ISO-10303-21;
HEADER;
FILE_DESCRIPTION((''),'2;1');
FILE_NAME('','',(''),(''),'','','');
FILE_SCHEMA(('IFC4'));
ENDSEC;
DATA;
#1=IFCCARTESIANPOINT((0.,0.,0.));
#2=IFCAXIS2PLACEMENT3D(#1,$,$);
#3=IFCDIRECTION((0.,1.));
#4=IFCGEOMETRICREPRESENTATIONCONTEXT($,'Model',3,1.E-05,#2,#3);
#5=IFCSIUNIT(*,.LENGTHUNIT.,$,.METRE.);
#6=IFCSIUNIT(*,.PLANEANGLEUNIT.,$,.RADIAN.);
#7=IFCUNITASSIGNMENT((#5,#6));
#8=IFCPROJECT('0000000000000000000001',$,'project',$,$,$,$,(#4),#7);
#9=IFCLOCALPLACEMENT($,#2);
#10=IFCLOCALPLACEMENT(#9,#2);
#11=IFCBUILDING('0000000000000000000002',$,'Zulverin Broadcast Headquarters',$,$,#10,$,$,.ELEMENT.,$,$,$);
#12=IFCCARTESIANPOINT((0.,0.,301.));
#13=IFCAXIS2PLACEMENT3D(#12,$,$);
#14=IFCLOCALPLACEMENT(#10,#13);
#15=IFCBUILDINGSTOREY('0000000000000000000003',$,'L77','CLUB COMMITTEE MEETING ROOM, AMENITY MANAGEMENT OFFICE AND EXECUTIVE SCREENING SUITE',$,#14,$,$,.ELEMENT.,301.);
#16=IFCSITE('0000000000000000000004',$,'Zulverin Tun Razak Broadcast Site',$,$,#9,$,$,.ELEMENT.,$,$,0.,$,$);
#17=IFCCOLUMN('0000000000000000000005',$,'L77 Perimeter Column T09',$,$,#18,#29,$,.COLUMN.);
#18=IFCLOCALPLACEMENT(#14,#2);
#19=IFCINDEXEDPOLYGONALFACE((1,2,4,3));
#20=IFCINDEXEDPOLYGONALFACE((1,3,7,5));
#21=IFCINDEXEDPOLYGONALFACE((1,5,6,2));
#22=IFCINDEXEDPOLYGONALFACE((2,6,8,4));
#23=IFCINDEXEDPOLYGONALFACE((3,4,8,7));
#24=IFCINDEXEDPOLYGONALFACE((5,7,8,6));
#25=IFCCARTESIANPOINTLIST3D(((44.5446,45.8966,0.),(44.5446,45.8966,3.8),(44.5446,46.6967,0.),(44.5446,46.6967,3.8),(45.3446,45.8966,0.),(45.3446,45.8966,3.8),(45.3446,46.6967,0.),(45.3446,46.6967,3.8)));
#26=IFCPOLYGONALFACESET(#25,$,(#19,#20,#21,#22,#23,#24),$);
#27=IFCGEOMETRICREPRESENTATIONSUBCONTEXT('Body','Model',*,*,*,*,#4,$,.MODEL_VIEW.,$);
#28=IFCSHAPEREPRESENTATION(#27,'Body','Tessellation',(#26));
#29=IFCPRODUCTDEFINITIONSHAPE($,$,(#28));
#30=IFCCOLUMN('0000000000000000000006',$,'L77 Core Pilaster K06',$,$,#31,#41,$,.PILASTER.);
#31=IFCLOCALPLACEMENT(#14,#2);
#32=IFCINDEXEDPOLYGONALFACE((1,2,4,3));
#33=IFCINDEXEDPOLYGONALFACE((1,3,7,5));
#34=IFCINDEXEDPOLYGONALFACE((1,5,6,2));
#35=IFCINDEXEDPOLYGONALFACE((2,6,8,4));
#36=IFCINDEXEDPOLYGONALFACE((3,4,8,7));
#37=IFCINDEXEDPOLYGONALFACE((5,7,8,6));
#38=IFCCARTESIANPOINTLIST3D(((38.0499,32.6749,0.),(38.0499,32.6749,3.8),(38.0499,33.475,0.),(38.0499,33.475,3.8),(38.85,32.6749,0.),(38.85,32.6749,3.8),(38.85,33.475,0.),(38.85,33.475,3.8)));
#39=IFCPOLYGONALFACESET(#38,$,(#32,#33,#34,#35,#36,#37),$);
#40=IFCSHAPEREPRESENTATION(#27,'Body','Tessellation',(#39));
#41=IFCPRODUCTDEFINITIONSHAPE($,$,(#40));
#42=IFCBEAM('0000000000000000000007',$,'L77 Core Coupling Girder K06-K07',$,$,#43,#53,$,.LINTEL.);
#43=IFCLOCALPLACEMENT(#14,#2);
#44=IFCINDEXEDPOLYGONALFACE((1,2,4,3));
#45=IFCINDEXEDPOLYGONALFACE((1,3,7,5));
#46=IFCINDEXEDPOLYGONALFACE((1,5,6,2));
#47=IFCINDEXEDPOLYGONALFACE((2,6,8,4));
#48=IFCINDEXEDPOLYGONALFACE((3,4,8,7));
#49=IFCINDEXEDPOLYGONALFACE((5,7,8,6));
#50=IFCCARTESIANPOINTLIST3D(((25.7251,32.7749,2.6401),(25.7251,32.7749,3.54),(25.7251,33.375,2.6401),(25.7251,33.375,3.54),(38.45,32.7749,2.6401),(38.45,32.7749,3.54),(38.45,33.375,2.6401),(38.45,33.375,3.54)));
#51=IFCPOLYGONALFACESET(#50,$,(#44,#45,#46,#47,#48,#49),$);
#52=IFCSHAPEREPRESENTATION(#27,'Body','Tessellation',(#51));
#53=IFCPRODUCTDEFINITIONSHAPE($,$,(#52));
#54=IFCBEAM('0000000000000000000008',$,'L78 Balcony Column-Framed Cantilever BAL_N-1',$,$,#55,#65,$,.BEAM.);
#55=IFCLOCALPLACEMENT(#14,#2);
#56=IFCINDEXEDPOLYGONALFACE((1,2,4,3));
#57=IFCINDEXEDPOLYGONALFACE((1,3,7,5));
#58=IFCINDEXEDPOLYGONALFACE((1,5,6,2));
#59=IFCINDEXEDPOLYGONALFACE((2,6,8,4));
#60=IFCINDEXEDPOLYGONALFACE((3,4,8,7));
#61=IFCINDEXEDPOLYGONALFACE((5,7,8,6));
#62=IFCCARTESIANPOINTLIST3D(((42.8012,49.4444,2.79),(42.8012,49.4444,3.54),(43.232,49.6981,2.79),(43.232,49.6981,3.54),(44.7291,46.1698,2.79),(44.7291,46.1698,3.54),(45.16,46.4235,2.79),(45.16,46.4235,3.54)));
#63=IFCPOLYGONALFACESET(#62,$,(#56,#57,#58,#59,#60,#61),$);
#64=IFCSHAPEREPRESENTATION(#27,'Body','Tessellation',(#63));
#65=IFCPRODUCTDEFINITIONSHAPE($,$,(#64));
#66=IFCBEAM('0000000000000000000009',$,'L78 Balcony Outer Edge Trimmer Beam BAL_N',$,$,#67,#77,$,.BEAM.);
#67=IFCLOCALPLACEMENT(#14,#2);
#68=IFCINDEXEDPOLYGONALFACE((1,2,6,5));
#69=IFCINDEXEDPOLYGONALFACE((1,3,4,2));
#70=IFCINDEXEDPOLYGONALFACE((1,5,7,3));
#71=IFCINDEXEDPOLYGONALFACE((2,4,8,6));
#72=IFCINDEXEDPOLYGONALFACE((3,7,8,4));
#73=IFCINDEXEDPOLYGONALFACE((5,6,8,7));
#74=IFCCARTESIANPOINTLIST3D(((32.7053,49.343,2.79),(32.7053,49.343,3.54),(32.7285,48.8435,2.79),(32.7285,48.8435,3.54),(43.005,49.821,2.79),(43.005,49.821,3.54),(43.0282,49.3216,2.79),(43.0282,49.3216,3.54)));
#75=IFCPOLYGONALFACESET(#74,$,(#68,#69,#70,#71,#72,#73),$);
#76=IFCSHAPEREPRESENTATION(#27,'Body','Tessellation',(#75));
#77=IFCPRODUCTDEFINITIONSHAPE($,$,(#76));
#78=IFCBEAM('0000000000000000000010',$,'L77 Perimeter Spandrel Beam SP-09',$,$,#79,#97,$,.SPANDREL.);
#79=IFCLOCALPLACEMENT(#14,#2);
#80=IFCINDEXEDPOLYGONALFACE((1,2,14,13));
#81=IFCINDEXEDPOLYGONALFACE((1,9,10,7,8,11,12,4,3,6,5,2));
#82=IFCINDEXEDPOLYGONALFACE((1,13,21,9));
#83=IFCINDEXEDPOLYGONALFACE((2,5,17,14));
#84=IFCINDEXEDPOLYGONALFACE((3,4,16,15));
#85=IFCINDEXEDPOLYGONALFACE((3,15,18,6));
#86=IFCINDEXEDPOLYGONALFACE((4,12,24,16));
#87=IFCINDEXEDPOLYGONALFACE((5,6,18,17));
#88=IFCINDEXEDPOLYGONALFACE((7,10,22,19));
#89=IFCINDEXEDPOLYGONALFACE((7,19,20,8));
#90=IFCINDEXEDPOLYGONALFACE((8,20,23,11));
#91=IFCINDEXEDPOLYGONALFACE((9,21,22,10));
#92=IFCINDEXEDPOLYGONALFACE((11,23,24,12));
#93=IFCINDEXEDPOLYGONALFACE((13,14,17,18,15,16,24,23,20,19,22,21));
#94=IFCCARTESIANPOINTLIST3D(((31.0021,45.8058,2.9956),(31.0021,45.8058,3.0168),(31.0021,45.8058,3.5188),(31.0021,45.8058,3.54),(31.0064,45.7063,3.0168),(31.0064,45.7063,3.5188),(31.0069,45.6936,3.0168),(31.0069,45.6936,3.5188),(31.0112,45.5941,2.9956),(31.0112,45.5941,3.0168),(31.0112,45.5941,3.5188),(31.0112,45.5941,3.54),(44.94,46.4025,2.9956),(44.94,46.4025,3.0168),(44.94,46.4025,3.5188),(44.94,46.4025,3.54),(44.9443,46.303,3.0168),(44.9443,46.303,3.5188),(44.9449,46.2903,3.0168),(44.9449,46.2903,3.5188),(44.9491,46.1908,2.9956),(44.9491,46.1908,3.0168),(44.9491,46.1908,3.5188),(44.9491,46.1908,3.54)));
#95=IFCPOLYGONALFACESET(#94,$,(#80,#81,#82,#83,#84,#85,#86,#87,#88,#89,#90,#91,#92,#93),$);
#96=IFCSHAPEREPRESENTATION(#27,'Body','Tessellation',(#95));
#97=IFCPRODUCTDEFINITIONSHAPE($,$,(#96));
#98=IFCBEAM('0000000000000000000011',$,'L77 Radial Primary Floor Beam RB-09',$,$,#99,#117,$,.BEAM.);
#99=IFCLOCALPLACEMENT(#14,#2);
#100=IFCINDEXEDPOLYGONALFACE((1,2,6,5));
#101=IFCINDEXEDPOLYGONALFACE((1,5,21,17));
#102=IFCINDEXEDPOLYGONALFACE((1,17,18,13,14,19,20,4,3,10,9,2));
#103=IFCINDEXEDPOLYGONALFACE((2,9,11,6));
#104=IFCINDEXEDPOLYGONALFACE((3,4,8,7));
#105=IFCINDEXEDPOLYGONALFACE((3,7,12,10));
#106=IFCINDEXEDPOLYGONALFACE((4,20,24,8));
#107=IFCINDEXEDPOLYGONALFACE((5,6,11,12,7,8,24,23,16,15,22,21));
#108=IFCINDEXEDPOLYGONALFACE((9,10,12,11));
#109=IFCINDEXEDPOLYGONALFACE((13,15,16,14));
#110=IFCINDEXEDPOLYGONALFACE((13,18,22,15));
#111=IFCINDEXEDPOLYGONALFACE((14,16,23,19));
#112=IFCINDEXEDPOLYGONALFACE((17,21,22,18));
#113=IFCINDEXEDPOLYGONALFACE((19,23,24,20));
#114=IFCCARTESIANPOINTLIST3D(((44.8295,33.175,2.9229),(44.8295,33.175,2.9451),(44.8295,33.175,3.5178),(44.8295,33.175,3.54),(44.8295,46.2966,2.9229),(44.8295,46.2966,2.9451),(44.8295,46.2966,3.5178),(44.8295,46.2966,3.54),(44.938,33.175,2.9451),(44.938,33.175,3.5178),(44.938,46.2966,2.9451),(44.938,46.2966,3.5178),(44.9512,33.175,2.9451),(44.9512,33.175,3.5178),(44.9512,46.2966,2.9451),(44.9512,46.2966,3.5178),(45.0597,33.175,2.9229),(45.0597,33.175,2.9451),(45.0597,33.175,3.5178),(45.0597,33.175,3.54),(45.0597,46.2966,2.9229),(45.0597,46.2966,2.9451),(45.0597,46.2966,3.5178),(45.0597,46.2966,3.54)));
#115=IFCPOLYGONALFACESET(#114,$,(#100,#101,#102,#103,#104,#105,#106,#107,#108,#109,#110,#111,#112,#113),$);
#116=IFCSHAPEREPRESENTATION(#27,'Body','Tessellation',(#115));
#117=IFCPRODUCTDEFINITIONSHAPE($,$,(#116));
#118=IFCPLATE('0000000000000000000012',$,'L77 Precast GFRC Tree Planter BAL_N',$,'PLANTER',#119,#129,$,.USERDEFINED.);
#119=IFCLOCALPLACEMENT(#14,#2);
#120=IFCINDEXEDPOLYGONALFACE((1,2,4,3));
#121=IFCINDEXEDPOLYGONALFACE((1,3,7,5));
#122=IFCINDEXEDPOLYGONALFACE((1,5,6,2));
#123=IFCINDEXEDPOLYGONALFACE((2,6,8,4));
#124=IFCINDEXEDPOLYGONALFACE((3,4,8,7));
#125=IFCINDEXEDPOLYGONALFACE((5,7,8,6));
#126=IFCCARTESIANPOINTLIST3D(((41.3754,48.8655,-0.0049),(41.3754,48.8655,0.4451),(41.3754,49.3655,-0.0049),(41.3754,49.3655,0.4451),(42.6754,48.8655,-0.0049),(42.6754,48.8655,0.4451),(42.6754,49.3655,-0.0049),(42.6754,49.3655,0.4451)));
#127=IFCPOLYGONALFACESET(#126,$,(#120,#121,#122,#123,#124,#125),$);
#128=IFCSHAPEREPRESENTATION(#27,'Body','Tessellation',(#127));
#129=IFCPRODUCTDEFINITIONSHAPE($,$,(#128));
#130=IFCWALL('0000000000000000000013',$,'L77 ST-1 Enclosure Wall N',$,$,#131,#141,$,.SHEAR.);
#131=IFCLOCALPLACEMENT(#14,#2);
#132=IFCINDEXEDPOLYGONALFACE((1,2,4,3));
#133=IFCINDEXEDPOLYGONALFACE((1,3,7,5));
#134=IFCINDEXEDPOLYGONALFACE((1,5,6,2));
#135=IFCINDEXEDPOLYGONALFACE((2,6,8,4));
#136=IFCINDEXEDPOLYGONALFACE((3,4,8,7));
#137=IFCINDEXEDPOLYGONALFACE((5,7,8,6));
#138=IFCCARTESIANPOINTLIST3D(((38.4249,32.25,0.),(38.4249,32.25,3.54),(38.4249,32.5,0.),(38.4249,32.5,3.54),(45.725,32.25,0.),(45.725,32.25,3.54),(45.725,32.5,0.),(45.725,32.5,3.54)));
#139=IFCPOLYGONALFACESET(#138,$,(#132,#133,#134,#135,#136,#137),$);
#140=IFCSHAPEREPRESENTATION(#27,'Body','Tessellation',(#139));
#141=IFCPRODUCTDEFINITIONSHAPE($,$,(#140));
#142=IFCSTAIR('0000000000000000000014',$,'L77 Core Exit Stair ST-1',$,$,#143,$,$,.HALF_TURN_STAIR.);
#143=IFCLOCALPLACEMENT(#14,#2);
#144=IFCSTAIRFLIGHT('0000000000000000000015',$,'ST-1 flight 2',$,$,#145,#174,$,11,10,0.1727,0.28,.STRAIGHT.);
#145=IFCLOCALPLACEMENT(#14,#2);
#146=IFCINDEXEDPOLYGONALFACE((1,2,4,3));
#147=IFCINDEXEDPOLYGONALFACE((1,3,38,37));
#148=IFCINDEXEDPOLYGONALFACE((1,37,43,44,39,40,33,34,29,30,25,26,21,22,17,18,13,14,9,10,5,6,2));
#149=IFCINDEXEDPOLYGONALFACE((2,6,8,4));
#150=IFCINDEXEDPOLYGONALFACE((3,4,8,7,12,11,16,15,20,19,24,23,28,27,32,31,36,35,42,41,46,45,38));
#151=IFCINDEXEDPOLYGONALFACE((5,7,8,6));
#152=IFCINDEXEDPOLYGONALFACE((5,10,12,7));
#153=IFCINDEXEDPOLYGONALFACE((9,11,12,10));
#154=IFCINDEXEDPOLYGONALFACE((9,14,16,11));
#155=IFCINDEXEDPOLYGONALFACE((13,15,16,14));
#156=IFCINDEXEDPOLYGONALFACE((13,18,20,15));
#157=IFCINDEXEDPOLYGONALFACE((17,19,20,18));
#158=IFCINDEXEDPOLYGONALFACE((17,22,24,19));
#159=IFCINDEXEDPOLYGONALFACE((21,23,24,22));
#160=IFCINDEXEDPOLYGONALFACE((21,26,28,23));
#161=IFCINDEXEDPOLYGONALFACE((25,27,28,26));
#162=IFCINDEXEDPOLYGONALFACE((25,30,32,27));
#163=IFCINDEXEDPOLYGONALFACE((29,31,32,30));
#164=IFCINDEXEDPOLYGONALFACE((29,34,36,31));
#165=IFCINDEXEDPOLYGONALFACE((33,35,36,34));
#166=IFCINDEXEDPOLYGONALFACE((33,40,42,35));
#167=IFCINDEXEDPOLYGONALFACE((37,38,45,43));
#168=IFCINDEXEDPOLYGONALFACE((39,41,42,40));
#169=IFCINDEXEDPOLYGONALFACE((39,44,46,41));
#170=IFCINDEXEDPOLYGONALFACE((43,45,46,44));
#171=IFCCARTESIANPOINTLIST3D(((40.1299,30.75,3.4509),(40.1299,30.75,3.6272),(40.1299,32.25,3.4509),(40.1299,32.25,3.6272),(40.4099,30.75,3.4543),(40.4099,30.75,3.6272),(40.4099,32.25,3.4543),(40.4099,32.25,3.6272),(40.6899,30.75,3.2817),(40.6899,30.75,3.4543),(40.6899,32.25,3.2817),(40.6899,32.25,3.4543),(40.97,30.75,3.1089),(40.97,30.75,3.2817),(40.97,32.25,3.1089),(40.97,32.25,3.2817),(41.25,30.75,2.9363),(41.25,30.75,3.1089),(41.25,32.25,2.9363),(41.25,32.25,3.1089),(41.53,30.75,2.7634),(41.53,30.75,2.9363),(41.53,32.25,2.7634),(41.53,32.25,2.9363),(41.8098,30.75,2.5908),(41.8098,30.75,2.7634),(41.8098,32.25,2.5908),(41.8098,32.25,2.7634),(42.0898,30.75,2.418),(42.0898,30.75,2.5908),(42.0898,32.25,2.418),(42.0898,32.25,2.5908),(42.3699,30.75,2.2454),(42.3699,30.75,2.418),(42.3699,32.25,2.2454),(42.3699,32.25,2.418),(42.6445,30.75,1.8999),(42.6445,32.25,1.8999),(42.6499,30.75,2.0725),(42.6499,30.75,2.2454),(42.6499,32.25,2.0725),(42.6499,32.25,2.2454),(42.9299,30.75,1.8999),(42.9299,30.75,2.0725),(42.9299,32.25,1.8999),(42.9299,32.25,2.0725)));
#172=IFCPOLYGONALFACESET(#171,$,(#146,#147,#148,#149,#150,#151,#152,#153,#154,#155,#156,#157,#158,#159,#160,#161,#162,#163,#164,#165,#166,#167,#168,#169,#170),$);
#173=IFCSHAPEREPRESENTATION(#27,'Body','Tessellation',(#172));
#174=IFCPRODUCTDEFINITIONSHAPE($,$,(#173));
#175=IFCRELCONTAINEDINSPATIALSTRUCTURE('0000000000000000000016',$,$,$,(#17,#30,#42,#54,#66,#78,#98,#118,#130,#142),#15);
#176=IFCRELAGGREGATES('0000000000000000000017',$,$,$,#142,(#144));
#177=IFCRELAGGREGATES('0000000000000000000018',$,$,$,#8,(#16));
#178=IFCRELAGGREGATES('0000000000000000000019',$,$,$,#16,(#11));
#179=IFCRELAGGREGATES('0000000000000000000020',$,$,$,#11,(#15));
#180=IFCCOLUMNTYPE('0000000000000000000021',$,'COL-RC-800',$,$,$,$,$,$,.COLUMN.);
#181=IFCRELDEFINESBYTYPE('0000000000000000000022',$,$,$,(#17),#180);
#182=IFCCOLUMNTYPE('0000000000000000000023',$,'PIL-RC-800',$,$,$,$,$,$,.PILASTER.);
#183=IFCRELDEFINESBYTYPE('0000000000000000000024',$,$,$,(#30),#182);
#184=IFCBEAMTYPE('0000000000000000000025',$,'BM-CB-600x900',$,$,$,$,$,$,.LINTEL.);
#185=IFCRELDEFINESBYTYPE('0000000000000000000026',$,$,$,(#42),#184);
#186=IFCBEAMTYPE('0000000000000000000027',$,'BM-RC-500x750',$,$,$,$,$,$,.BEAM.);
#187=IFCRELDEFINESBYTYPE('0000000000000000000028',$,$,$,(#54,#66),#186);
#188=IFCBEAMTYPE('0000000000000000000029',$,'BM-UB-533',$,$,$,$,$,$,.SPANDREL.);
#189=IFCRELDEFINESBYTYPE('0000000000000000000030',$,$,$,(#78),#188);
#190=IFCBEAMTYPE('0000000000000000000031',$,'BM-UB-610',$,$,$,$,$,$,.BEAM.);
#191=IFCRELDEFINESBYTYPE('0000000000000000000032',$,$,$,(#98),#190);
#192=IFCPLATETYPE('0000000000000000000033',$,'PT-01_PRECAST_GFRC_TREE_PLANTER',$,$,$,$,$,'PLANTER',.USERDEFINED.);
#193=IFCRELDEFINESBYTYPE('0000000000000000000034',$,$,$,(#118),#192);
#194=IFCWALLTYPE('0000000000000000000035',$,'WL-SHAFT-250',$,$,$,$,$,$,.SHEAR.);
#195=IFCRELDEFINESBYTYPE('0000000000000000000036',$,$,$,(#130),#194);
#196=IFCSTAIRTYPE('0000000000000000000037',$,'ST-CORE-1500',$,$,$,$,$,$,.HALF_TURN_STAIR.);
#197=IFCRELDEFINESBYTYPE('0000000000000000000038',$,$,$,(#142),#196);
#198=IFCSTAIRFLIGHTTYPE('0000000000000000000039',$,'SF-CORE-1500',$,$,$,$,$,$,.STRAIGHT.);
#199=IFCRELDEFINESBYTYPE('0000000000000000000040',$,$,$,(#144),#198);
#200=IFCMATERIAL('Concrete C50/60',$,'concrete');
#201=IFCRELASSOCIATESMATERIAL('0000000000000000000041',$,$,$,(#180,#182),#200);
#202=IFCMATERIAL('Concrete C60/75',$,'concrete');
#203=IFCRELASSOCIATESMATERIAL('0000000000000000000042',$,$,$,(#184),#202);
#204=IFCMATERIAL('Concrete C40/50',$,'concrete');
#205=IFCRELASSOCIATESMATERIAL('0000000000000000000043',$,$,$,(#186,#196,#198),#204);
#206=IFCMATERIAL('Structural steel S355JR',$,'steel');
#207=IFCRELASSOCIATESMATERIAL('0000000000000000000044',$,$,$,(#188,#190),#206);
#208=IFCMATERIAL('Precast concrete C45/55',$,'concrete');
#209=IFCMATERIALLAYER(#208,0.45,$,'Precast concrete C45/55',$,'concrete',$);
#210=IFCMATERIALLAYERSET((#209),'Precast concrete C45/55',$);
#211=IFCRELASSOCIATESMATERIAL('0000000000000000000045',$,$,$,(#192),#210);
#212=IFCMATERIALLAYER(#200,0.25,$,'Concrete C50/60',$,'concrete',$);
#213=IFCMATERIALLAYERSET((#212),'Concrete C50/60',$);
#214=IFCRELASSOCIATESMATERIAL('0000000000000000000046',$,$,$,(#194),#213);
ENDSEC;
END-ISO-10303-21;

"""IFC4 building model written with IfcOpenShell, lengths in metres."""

from ifc_helpers import new_model, si_unit, direction, frame, frame_2d, origin, origin_2d, place, context, subcontext, project, spatial, polyline, rectangle, i_section, outline, extrude, material, layer, layer_set, material_profile, profile_set, type_object, element, aggregate, save


model = new_model("IFC4")

# Units and contexts
model_context = context("Model", 3, precision=1e-05, world=origin(), true_north=direction((0.0, 1.0)))
body_context = subcontext(model_context, "Body", "Model", "MODEL_VIEW")
ifc_project = project(units=[si_unit("LENGTHUNIT", "METRE"), si_unit("PLANEANGLEUNIT", "RADIAN")], contexts=[model_context])

# Site, building, storey
site_placement = place(None, origin())
site = spatial("IfcSite", under=ifc_project, at=site_placement, Name="Zulverin Tun Razak Broadcast Site", CompositionType="ELEMENT", RefElevation=0.0)
building_placement = place(site_placement, origin())
building = spatial("IfcBuilding", under=site, at=building_placement, Name="Zulverin Broadcast Headquarters", CompositionType="ELEMENT")
storey_placement = place(building_placement, frame((0.0, 0.0, 301.0)))
storey = spatial("IfcBuildingStorey", under=building, at=storey_placement, Name="L77", Description="CLUB COMMITTEE MEETING ROOM, AMENITY MANAGEMENT OFFICE AND EXECUTIVE SCREENING SUITE", CompositionType="ELEMENT", Elevation=301.0)

# Columns
ifc_material_1 = material(Name="Concrete C50/60", Category="concrete")
ifc_material_profile_1 = material_profile(ifc_material_1, rectangle(XDim=0.8, YDim=0.8, at=origin_2d()), Name="Concrete C50/60", Category="concrete")
ifc_profile_set_1 = profile_set([ifc_material_profile_1], Name="Concrete C50/60")
column_type_1 = type_object("IfcColumnType", Name="COL-RC-800", PredefinedType="COLUMN", material=ifc_profile_set_1)
column_1_placement = place(storey_placement, frame((44.9446, 46.2966, 0.0), z_axis=(0.0, 0.0, 1.0), x_axis=(1.0, 0.0, 0.0)))
element("IfcColumn", 1, at=column_1_placement, inside=storey, type_object=column_type_1, Name="L77 Perimeter Column T09", PredefinedType="COLUMN", context=body_context, shape_type="SweptSolid", body=[
    extrude(rectangle(XDim=0.8, YDim=0.8, at=origin_2d()), origin(), (0.0, 0.0, 1.0), 3.8),
])
ifc_material_profile_2 = material_profile(ifc_material_1, rectangle(XDim=0.8, YDim=0.8, at=origin_2d()), Name="Concrete C50/60", Category="concrete")
ifc_profile_set_2 = profile_set([ifc_material_profile_2], Name="Concrete C50/60")
column_type_2 = type_object("IfcColumnType", Name="PIL-RC-800", PredefinedType="PILASTER", material=ifc_profile_set_2)
column_2_placement = place(storey_placement, frame((38.45, 33.075, 0.0), z_axis=(0.0, 0.0, 1.0), x_axis=(1.0, 0.0, 0.0)))
element("IfcColumn", 2, at=column_2_placement, inside=storey, type_object=column_type_2, Name="L77 Core Pilaster K06", PredefinedType="PILASTER", context=body_context, shape_type="SweptSolid", body=[
    extrude(rectangle(XDim=0.8, YDim=0.8, at=origin_2d()), origin(), (0.0, 0.0, 1.0), 3.8),
])

# Beams
ifc_material_2 = material(Name="Concrete C60/75", Category="concrete")
ifc_material_profile_3 = material_profile(ifc_material_2, rectangle(XDim=0.6001, YDim=0.8999, at=origin_2d()), Name="Concrete C60/75", Category="concrete")
ifc_profile_set_3 = profile_set([ifc_material_profile_3], Name="Concrete C60/75")
beam_type_1 = type_object("IfcBeamType", Name="BM-CB-600x900", PredefinedType="LINTEL", material=ifc_profile_set_3)
beam_1_placement = place(storey_placement, frame((38.45, 33.075, 3.0901), z_axis=(-1.0, 0.0, 0.0), x_axis=(0.0, -1.0, 0.0)))
element("IfcBeam", 3, at=beam_1_placement, inside=storey, type_object=beam_type_1, Name="L77 Core Coupling Girder K06-K07", PredefinedType="LINTEL", context=body_context, shape_type="SweptSolid", body=[
    extrude(rectangle(XDim=0.6001, YDim=0.8999, at=origin_2d()), origin(), (0.0, 0.0, 1.0), 12.7249),
])
ifc_material_3 = material(Name="Concrete C40/50", Category="concrete")
ifc_material_profile_4 = material_profile(ifc_material_3, rectangle(XDim=0.5, YDim=0.75, at=origin_2d()), Name="Concrete C40/50", Category="concrete")
ifc_profile_set_4 = profile_set([ifc_material_profile_4], Name="Concrete C40/50")
beam_type_2 = type_object("IfcBeamType", Name="BM-RC-500x750", PredefinedType="BEAM", material=ifc_profile_set_4)
beam_2_placement = place(storey_placement, frame((44.9446, 46.2966, 3.165), z_axis=(-0.507354, 0.861738, 0.0), x_axis=(-0.861738, -0.507354, 0.0)))
element("IfcBeam", 4, at=beam_2_placement, inside=storey, type_object=beam_type_2, Name="L78 Balcony Column-Framed Cantilever BAL_N-1", PredefinedType="BEAM", context=body_context, shape_type="SweptSolid", body=[
    extrude(rectangle(XDim=0.5, YDim=0.75, at=origin_2d()), origin(), (0.0, 0.0, 1.0), 3.8),
])
beam_3_placement = place(storey_placement, frame((43.0166, 49.5713, 3.165), z_axis=(-0.998925, -0.046361, 0.0), x_axis=(0.046361, -0.998925, 0.0)))
element("IfcBeam", 5, at=beam_3_placement, inside=storey, type_object=beam_type_2, Name="L78 Balcony Outer Edge Trimmer Beam BAL_N", PredefinedType="BEAM", context=body_context, shape_type="SweptSolid", body=[
    extrude(rectangle(XDim=0.5, YDim=0.75, at=origin_2d()), origin(), (0.0, 0.0, 1.0), 10.3108),
])
ifc_material_4 = material(Name="Structural steel S355JR", Category="steel")
ifc_material_profile_5 = material_profile(ifc_material_4, i_section(OverallWidth=0.2119, OverallDepth=0.5444, WebThickness=0.0127, FlangeThickness=0.0212, at=origin_2d()), Name="Structural steel S355JR", Category="steel")
ifc_profile_set_5 = profile_set([ifc_material_profile_5], Name="Structural steel S355JR")
beam_type_3 = type_object("IfcBeamType", Name="BM-UB-533", PredefinedType="SPANDREL", material=ifc_profile_set_5)
beam_4_placement = place(storey_placement, frame((44.9446, 46.2966, 3.2678), z_axis=(-0.999085, -0.04277, 0.0), x_axis=(0.04277, -0.999085, 0.0)))
element("IfcBeam", 6, at=beam_4_placement, inside=storey, type_object=beam_type_3, Name="L77 Perimeter Spandrel Beam SP-09", PredefinedType="SPANDREL", context=body_context, shape_type="SweptSolid", body=[
    extrude(i_section(OverallWidth=0.2119, OverallDepth=0.5444, WebThickness=0.0127, FlangeThickness=0.0212, at=origin_2d()), origin(), (0.0, 0.0, 1.0), 13.9507),
])
ifc_material_profile_6 = material_profile(ifc_material_4, i_section(OverallWidth=0.2302, OverallDepth=0.6172, WebThickness=0.0132, FlangeThickness=0.0222, at=origin_2d()), Name="Structural steel S355JR", Category="steel")
ifc_profile_set_6 = profile_set([ifc_material_profile_6], Name="Structural steel S355JR")
beam_type_4 = type_object("IfcBeamType", Name="BM-UB-610", PredefinedType="BEAM", material=ifc_profile_set_6)
beam_5_placement = place(storey_placement, frame((44.9446, 33.175, 3.2314), z_axis=(0.0, 1.0, 0.0), x_axis=(-1.0, 0.0, 0.0)))
element("IfcBeam", 7, at=beam_5_placement, inside=storey, type_object=beam_type_4, Name="L77 Radial Primary Floor Beam RB-09", PredefinedType="BEAM", context=body_context, shape_type="SweptSolid", body=[
    extrude(i_section(OverallWidth=0.2302, OverallDepth=0.6172, WebThickness=0.0132, FlangeThickness=0.0222, at=origin_2d()), origin(), (0.0, 0.0, 1.0), 13.1216),
])

# Plate
ifc_material_5 = material(Name="Precast concrete C45/55", Category="concrete")
ifc_layer_1 = layer(ifc_material_5, 0.45, Name="Precast concrete C45/55", Category="concrete")
ifc_layer_set_1 = layer_set([ifc_layer_1], Name="Precast concrete C45/55")
plate_type = type_object("IfcPlateType", Name="PT-01_PRECAST_GFRC_TREE_PLANTER", ElementType="PLANTER", PredefinedType="USERDEFINED", material=ifc_layer_set_1)
plate_placement = place(storey_placement, frame((42.0254, 49.1155, -0.0049), z_axis=(0.0, 0.0, 1.0), x_axis=(1.0, 0.0, 0.0)))
element("IfcPlate", 8, at=plate_placement, inside=storey, type_object=plate_type, Name="L77 Precast GFRC Tree Planter BAL_N", ObjectType="PLANTER", PredefinedType="USERDEFINED", context=body_context, shape_type="SweptSolid", body=[
    extrude(rectangle(XDim=1.3, YDim=0.5, at=origin_2d()), origin(), (0.0, 0.0, 1.0), 0.45),
])

# Wall
ifc_layer_2 = layer(ifc_material_1, 0.25, Name="Concrete C50/60", Category="concrete")
ifc_layer_set_2 = layer_set([ifc_layer_2], Name="Concrete C50/60")
wall_type = type_object("IfcWallType", Name="WL-SHAFT-250", PredefinedType="SHEAR", material=ifc_layer_set_2)
wall_placement = place(storey_placement, frame((38.425, 32.375, 0.0), z_axis=(0.0, 0.0, 1.0), x_axis=(1.0, 0.0, 0.0)))
element("IfcWall", 9, at=wall_placement, inside=storey, type_object=wall_type, Name="L77 ST-1 Enclosure Wall N", PredefinedType="SHEAR", context=body_context, shape_type="SweptSolid", body=[
    extrude(rectangle(XDim=7.3, YDim=0.25, at=frame_2d((3.6499, 0.0))), origin(), (0.0, 0.0, 1.0), 3.54),
])

# Stair, stair flight
stair_type = type_object("IfcStairType", Name="ST-CORE-1500", PredefinedType="HALF_TURN_STAIR", material=ifc_material_3)
stair_placement = place(storey_placement, origin())
stair = element("IfcStair", 10, at=stair_placement, inside=storey, type_object=stair_type, Name="L77 Core Exit Stair ST-1", PredefinedType="HALF_TURN_STAIR")
stair_flight_type = type_object("IfcStairFlightType", Name="SF-CORE-1500", PredefinedType="STRAIGHT", material=ifc_material_3)
stair_flight_placement = place(storey_placement, frame((42.9299, 31.5, 1.8999), z_axis=(0.0, 0.0, 1.0), x_axis=(-1.0, 0.0, 0.0)))
stair_flight = element("IfcStairFlight", 11, at=stair_flight_placement, type_object=stair_flight_type, Name="ST-1 flight 2", NumberOfRisers=11, NumberOfTreads=10, PredefinedType="STRAIGHT", RiserHeight=0.1727, TreadLength=0.28, context=body_context, shape_type="SweptSolid", body=[
    extrude(outline(polyline([(0.0, 0.0), (0.0, 0.1726), (0.28, 0.1726), (0.28, 0.3455), (0.5601, 0.3455), (0.5601, 0.5181), (0.8401, 0.5181), (0.8401, 0.6909), (1.1201, 0.6909), (1.1201, 0.8635), (1.3999, 0.8635), (1.3999, 1.0364), (1.6799, 1.0364), (1.6799, 1.209), (1.96, 1.209), (1.96, 1.3818), (2.24, 1.3818), (2.24, 1.5544), (2.52, 1.5544), (2.52, 1.7273), (2.8, 1.7273), (2.8, 1.8999), (2.8, 1.551), (0.2854, 0.0), (0.0, 0.0)])), frame((0.0, 0.75, 0.0), z_axis=(0.0, -1.0, 0.0), x_axis=(1.0, 0.0, 0.0)), (0.0, 0.0, 1.0), 1.5),
])
aggregate(stair, [stair_flight])

save(model, "model.ifc")
